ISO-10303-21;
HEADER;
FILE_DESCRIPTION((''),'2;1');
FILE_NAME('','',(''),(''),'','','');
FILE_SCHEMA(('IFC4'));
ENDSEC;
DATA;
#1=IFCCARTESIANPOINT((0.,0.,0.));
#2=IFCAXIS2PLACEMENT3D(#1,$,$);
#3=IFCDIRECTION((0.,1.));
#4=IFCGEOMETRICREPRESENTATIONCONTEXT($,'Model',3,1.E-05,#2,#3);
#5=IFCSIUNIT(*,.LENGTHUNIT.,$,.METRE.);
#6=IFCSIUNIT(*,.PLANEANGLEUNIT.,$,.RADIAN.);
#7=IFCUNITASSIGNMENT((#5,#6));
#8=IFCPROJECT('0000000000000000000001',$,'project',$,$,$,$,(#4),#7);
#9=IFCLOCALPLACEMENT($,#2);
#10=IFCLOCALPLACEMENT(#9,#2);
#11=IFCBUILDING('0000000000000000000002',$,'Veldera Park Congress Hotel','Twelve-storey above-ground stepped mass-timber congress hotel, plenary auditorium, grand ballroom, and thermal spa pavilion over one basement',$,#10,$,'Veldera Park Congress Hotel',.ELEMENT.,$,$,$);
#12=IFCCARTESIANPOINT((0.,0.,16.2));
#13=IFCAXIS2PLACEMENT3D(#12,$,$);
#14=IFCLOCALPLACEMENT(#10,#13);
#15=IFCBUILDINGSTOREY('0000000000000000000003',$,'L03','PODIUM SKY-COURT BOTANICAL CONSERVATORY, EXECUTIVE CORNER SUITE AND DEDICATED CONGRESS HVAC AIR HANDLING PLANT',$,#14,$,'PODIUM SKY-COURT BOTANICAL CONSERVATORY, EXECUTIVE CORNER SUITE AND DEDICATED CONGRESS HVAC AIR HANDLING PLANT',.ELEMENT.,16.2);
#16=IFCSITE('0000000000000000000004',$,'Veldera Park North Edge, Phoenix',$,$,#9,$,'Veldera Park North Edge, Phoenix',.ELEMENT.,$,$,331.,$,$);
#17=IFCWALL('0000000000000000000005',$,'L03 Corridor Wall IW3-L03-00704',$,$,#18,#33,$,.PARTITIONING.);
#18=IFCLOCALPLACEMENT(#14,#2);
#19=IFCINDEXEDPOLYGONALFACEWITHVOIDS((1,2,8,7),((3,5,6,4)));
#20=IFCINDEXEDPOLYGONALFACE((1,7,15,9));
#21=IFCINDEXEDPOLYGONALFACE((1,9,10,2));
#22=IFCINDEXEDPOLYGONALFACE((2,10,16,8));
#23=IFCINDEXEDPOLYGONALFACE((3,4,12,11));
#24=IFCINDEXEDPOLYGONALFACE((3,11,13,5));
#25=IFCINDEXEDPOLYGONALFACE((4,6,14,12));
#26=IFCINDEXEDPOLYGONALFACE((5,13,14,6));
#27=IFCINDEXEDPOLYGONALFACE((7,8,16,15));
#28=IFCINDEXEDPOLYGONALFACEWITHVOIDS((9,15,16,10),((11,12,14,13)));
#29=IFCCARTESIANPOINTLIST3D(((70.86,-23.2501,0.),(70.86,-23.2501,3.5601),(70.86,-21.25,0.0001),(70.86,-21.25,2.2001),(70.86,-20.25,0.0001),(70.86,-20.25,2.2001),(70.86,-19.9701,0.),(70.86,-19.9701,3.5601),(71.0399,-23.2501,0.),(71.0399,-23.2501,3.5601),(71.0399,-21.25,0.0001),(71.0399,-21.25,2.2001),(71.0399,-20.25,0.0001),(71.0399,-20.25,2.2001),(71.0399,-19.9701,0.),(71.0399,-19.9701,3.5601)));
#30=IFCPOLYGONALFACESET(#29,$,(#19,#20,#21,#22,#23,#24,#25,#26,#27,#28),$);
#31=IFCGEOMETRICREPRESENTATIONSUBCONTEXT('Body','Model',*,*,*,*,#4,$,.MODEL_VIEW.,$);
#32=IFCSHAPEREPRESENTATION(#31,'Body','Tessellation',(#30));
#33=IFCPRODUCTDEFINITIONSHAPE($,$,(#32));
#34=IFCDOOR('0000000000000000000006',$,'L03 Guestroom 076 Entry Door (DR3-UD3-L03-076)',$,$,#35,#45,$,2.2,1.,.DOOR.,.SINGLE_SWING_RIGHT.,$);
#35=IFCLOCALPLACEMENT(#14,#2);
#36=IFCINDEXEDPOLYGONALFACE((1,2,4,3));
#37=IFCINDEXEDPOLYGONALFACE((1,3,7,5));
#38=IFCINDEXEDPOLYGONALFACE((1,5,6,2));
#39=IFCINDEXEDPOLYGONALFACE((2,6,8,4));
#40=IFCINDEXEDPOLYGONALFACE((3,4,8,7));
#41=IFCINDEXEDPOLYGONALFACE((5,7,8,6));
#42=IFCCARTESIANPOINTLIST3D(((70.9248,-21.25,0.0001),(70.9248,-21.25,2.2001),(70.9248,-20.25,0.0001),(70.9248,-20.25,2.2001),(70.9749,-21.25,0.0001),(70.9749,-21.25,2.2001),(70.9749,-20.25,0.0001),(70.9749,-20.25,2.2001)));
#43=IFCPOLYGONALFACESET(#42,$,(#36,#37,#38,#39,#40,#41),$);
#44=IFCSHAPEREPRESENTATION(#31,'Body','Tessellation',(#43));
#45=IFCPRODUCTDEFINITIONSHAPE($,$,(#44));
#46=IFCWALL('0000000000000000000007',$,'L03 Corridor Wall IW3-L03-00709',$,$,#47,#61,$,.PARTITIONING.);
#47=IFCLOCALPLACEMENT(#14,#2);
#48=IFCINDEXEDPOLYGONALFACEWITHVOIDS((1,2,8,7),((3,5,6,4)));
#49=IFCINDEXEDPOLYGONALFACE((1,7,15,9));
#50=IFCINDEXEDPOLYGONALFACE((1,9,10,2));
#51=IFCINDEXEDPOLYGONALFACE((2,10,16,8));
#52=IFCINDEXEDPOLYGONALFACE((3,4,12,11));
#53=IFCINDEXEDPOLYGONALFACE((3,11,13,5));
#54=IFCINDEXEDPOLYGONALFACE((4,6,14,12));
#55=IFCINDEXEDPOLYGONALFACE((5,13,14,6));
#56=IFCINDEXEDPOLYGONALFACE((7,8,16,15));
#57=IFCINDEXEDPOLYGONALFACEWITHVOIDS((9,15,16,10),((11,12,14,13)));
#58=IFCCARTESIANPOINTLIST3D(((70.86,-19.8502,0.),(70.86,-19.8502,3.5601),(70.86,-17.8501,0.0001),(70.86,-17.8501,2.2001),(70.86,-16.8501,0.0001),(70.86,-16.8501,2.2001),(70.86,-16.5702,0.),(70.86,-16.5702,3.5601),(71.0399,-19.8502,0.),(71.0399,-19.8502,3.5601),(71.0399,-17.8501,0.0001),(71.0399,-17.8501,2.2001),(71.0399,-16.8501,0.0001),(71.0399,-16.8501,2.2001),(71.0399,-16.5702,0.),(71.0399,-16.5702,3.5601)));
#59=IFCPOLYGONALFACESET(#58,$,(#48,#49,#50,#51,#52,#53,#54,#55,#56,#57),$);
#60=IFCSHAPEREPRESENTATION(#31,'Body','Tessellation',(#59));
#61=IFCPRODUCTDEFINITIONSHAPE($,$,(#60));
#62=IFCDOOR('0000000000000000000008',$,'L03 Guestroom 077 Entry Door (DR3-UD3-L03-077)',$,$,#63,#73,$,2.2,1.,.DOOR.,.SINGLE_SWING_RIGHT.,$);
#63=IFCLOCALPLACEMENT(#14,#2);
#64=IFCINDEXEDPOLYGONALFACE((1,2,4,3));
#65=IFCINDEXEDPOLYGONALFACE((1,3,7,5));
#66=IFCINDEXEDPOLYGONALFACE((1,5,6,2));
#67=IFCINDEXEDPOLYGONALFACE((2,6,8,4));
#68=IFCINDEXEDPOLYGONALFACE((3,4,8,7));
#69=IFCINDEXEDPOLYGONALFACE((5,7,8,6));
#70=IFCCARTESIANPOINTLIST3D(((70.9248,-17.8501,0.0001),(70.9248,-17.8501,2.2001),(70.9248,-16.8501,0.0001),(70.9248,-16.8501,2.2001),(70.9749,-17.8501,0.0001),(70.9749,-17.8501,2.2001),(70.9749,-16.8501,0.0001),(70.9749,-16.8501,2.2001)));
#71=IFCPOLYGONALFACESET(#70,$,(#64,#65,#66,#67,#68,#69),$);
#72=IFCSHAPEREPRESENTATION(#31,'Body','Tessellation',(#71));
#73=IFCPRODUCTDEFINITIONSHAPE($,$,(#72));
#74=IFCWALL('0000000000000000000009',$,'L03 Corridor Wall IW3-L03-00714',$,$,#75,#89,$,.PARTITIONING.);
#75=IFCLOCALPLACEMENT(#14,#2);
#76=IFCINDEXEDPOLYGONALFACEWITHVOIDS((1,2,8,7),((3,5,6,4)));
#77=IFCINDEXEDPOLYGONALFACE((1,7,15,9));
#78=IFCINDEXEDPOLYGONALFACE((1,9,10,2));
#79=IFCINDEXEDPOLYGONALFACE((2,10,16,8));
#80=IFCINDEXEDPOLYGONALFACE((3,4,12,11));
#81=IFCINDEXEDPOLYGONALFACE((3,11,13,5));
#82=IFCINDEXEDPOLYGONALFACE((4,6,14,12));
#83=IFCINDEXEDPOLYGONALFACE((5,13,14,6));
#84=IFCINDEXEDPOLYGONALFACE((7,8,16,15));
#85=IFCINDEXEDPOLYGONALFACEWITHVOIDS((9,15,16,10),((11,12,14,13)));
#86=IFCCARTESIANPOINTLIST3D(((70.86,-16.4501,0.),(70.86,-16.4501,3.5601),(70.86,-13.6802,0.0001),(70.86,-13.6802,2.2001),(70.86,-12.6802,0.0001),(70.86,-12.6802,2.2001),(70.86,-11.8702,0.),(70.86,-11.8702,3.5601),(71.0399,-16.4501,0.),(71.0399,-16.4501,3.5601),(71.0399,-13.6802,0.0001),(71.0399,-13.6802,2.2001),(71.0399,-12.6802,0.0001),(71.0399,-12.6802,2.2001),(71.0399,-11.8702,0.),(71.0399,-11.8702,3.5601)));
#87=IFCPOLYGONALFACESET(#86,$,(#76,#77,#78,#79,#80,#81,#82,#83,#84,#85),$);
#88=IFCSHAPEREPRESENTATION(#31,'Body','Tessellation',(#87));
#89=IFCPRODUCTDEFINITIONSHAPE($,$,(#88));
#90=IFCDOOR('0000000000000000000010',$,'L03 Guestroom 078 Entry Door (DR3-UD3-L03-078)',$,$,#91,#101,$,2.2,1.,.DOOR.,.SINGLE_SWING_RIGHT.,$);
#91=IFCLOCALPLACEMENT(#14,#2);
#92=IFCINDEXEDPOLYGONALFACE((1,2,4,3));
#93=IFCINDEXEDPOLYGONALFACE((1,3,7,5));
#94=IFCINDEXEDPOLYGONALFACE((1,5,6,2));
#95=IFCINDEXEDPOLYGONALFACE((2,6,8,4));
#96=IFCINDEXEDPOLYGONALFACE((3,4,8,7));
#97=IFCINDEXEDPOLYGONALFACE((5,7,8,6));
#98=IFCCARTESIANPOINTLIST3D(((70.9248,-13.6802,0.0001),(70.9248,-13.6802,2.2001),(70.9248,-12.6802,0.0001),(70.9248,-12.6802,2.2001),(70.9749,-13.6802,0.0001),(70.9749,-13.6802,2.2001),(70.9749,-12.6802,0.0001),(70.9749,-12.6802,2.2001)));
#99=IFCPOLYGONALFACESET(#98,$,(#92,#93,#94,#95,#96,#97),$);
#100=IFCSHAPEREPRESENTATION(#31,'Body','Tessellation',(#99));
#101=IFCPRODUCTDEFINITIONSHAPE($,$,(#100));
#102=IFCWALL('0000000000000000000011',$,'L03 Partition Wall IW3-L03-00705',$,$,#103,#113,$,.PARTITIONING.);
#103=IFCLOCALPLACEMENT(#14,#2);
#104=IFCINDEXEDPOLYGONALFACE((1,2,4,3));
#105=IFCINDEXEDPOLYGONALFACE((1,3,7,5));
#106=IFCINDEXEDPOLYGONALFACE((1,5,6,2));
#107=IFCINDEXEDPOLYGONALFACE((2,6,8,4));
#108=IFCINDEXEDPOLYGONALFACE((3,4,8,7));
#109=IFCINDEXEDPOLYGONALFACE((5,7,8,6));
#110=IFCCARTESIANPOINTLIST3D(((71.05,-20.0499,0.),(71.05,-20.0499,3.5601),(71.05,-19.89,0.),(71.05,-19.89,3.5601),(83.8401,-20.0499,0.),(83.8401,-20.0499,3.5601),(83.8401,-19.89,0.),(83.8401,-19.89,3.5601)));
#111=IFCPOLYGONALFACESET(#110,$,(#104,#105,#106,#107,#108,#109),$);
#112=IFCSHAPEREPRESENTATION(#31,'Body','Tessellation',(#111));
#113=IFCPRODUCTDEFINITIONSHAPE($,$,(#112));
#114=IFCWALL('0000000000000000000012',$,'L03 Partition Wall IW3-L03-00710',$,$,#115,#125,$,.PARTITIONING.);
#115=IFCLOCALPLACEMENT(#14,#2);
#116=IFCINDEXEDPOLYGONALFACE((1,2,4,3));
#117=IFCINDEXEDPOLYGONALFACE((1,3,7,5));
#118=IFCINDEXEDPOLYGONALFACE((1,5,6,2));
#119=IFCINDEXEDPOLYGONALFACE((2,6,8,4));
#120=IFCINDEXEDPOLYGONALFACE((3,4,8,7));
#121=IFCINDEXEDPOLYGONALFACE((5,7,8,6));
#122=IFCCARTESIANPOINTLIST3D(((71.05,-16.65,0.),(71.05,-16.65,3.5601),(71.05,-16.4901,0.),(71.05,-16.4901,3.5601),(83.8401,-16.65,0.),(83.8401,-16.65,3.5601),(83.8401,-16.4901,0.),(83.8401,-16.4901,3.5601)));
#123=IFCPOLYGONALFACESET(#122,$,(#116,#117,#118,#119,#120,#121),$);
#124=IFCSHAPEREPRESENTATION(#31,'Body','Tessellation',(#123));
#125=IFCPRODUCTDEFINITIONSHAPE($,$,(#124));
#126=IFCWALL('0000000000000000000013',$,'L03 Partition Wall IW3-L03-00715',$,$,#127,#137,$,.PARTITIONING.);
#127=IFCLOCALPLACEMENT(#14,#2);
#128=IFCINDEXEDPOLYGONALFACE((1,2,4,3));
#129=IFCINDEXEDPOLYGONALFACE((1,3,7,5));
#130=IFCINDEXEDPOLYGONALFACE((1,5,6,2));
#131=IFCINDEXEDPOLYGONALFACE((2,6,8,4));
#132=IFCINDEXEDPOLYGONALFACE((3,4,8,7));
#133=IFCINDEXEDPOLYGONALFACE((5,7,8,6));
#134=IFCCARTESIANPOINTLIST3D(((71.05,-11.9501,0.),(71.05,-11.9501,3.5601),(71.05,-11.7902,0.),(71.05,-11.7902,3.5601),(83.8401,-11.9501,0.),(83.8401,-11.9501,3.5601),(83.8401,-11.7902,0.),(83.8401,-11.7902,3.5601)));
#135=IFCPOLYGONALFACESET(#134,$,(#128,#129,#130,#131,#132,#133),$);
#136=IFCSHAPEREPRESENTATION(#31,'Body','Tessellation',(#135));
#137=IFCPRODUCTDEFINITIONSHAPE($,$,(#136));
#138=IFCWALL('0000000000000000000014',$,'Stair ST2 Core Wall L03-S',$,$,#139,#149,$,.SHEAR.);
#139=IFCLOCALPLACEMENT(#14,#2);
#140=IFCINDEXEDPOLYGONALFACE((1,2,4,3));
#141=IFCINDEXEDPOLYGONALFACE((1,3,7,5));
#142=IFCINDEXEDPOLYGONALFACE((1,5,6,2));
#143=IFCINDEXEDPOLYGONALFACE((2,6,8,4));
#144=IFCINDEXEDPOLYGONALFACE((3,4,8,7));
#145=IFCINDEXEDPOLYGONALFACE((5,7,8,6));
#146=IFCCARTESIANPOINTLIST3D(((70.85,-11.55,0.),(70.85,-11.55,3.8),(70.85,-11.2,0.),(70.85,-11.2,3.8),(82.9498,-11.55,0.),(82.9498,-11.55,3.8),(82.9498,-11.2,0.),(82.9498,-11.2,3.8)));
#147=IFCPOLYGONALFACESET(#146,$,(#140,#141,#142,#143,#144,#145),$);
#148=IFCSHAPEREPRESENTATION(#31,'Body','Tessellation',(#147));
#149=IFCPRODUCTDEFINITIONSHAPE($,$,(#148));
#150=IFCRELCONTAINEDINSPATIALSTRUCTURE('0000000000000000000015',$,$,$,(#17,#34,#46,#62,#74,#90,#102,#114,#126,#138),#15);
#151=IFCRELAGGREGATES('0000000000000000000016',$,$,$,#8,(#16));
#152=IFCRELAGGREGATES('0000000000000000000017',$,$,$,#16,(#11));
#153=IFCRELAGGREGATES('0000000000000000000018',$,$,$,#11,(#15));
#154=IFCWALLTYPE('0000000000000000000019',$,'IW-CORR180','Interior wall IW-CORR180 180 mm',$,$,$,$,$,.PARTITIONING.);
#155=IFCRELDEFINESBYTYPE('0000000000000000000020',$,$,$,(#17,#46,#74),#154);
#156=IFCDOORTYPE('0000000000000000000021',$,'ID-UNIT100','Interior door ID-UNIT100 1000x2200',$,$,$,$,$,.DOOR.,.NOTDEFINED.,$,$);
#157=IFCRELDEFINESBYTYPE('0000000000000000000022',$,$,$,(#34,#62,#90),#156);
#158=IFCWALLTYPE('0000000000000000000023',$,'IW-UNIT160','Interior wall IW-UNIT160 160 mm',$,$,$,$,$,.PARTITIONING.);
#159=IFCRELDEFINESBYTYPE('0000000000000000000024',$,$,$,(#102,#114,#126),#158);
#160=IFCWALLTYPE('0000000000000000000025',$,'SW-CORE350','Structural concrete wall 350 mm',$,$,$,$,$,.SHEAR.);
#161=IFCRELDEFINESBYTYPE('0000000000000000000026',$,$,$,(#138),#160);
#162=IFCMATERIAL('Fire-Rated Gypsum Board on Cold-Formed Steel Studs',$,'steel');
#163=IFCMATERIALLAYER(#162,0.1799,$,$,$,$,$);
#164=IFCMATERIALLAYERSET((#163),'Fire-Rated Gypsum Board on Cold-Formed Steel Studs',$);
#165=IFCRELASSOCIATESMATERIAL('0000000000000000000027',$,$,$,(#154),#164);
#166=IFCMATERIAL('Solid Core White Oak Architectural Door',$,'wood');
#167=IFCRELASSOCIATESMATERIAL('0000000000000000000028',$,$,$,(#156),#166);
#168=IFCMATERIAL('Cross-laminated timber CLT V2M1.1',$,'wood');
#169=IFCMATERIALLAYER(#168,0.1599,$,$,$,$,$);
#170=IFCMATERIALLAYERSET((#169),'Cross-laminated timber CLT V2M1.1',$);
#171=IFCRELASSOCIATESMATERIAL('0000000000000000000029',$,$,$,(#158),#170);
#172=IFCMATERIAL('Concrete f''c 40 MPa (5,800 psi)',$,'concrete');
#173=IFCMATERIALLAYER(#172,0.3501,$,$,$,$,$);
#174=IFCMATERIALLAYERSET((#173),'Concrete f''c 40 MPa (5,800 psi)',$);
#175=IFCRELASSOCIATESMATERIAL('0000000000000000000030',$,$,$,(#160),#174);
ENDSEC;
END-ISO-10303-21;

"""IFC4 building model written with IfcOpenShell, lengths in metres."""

from ifc_helpers import new_model, si_unit, direction, frame, frame_2d, origin, place, context, subcontext, project, spatial, rectangle, extrude, material, layer, layer_set, type_object, element, fill, save


model = new_model("IFC4")

# Units and contexts
model_context = context("Model", 3, precision=1e-05, world=origin(), true_north=direction((0.0, 1.0)))
body_context = subcontext(model_context, "Body", "Model", "MODEL_VIEW")
ifc_project = project(units=[si_unit("LENGTHUNIT", "METRE"), si_unit("PLANEANGLEUNIT", "RADIAN")], contexts=[model_context])

# Site, building, storey
site_placement = place(None, origin())
site = spatial("IfcSite", under=ifc_project, at=site_placement, Name="Veldera Park North Edge, Phoenix", LongName="Veldera Park North Edge, Phoenix", CompositionType="ELEMENT", RefElevation=331.0)
building_placement = place(site_placement, origin())
building = spatial("IfcBuilding", under=site, at=building_placement, Name="Veldera Park Congress Hotel", Description="Twelve-storey above-ground stepped mass-timber congress hotel, plenary auditorium, grand ballroom, and thermal spa pavilion over one basement", LongName="Veldera Park Congress Hotel", CompositionType="ELEMENT")
storey_placement = place(building_placement, frame((0.0, 0.0, 16.2)))
storey = spatial("IfcBuildingStorey", under=building, at=storey_placement, Name="L03", Description="PODIUM SKY-COURT BOTANICAL CONSERVATORY, EXECUTIVE CORNER SUITE AND DEDICATED CONGRESS HVAC AIR HANDLING PLANT", LongName="PODIUM SKY-COURT BOTANICAL CONSERVATORY, EXECUTIVE CORNER SUITE AND DEDICATED CONGRESS HVAC AIR HANDLING PLANT", CompositionType="ELEMENT", Elevation=16.2)

# Shared definitions
ifc_material_1 = material(Name="Fire-Rated Gypsum Board on Cold-Formed Steel Studs", Category="steel")

# Shared definitions
ifc_material_2 = material(Name="Solid Core White Oak Architectural Door", Category="wood")

# Walls, openings, doors
ifc_layer_1 = layer(ifc_material_1, 0.1799)
ifc_layer_set_1 = layer_set([ifc_layer_1], Name="Fire-Rated Gypsum Board on Cold-Formed Steel Studs")
wall_type_1 = type_object("IfcWallType", Name="IW-CORR180", Description="Interior wall IW-CORR180 180 mm", PredefinedType="PARTITIONING", material=ifc_layer_set_1)
door_type_1 = type_object("IfcDoorType", Name="ID-UNIT100", Description="Interior door ID-UNIT100 1000x2200", OperationType="NOTDEFINED", PredefinedType="DOOR", material=ifc_material_2)
wall_1_placement = place(storey_placement, frame((70.95, -19.97, 0.0), z_axis=(0.0, 0.0, 1.0), x_axis=(0.0, -1.0, 0.0)))
wall_1 = element("IfcWall", 1, at=wall_1_placement, inside=storey, type_object=wall_type_1, Name="L03 Corridor Wall IW3-L03-00704", PredefinedType="PARTITIONING", context=body_context, shape_type="SweptSolid", body=[
    extrude(rectangle(XDim=3.28, YDim=0.1799, at=frame_2d((1.6401, 0.0))), origin(), (0.0, 0.0, 1.0), 3.5601),
])
opening_1_placement = place(wall_1_placement, frame((0.28, 0.0, 0.0)))
opening_1 = element("IfcOpeningElement", 2, at=opening_1_placement, cuts=wall_1, PredefinedType="OPENING", context=body_context, shape_type="SweptSolid", body=[
    extrude(rectangle(XDim=1.0, YDim=2.2, at=frame_2d((0.5, 1.1001))), frame((0.0, 0.1021, 0.0), z_axis=(0.0, -1.0, 0.0), x_axis=(1.0, 0.0, 0.0)), (0.0, 0.0, 1.0), 0.2039),
])
door_1_placement = place(opening_1_placement, origin())
door_1 = element("IfcDoor", 3, at=door_1_placement, inside=storey, type_object=door_type_1, Name="L03 Guestroom 076 Entry Door (DR3-UD3-L03-076)", OperationType="SINGLE_SWING_RIGHT", OverallHeight=2.2, OverallWidth=1.0, PredefinedType="DOOR", context=body_context, shape_type="SweptSolid", body=[
    extrude(rectangle(XDim=1.0, YDim=2.2, at=frame_2d((0.5, 1.1001))), frame((0.0, 0.0249, 0.0), z_axis=(0.0, -1.0, 0.0), x_axis=(1.0, 0.0, 0.0)), (0.0, 0.0, 1.0), 0.05),
])
fill(opening_1, door_1)
wall_2_placement = place(storey_placement, frame((70.95, -16.5701, 0.0), z_axis=(0.0, 0.0, 1.0), x_axis=(0.0, -1.0, 0.0)))
wall_2 = element("IfcWall", 4, at=wall_2_placement, inside=storey, type_object=wall_type_1, Name="L03 Corridor Wall IW3-L03-00709", PredefinedType="PARTITIONING", context=body_context, shape_type="SweptSolid", body=[
    extrude(rectangle(XDim=3.28, YDim=0.1799, at=frame_2d((1.6401, 0.0))), origin(), (0.0, 0.0, 1.0), 3.5601),
])
opening_2_placement = place(wall_2_placement, frame((0.28, 0.0, 0.0)))
opening_2 = element("IfcOpeningElement", 5, at=opening_2_placement, cuts=wall_2, PredefinedType="OPENING", context=body_context, shape_type="SweptSolid", body=[
    extrude(rectangle(XDim=1.0, YDim=2.2, at=frame_2d((0.5, 1.1001))), frame((0.0, 0.1021, 0.0), z_axis=(0.0, -1.0, 0.0), x_axis=(1.0, 0.0, 0.0)), (0.0, 0.0, 1.0), 0.2039),
])
door_2_placement = place(opening_2_placement, origin())
door_2 = element("IfcDoor", 6, at=door_2_placement, inside=storey, type_object=door_type_1, Name="L03 Guestroom 077 Entry Door (DR3-UD3-L03-077)", OperationType="SINGLE_SWING_RIGHT", OverallHeight=2.2, OverallWidth=1.0, PredefinedType="DOOR", context=body_context, shape_type="SweptSolid", body=[
    extrude(rectangle(XDim=1.0, YDim=2.2, at=frame_2d((0.5, 1.1001))), frame((0.0, 0.0249, 0.0), z_axis=(0.0, -1.0, 0.0), x_axis=(1.0, 0.0, 0.0)), (0.0, 0.0, 1.0), 0.05),
])
fill(opening_2, door_2)
wall_3_placement = place(storey_placement, frame((70.95, -11.8701, 0.0), z_axis=(0.0, 0.0, 1.0), x_axis=(0.0, -1.0, 0.0)))
wall_3 = element("IfcWall", 7, at=wall_3_placement, inside=storey, type_object=wall_type_1, Name="L03 Corridor Wall IW3-L03-00714", PredefinedType="PARTITIONING", context=body_context, shape_type="SweptSolid", body=[
    extrude(rectangle(XDim=4.5798, YDim=0.1799, at=frame_2d((2.29, 0.0))), origin(), (0.0, 0.0, 1.0), 3.5601),
])
opening_3_placement = place(wall_3_placement, frame((0.8101, 0.0, 0.0)))
opening_3 = element("IfcOpeningElement", 8, at=opening_3_placement, cuts=wall_3, PredefinedType="OPENING", context=body_context, shape_type="SweptSolid", body=[
    extrude(rectangle(XDim=1.0, YDim=2.2, at=frame_2d((0.5, 1.1001))), frame((0.0, 0.1021, 0.0), z_axis=(0.0, -1.0, 0.0), x_axis=(1.0, 0.0, 0.0)), (0.0, 0.0, 1.0), 0.2039),
])
door_3_placement = place(opening_3_placement, origin())
door_3 = element("IfcDoor", 9, at=door_3_placement, inside=storey, type_object=door_type_1, Name="L03 Guestroom 078 Entry Door (DR3-UD3-L03-078)", OperationType="SINGLE_SWING_RIGHT", OverallHeight=2.2, OverallWidth=1.0, PredefinedType="DOOR", context=body_context, shape_type="SweptSolid", body=[
    extrude(rectangle(XDim=1.0, YDim=2.2, at=frame_2d((0.5, 1.1001))), frame((0.0, 0.0249, 0.0), z_axis=(0.0, -1.0, 0.0), x_axis=(1.0, 0.0, 0.0)), (0.0, 0.0, 1.0), 0.05),
])
fill(opening_3, door_3)

# Walls
ifc_material_3 = material(Name="Cross-laminated timber CLT V2M1.1", Category="wood")
ifc_layer_2 = layer(ifc_material_3, 0.1599)
ifc_layer_set_2 = layer_set([ifc_layer_2], Name="Cross-laminated timber CLT V2M1.1")
wall_type_2 = type_object("IfcWallType", Name="IW-UNIT160", Description="Interior wall IW-UNIT160 160 mm", PredefinedType="PARTITIONING", material=ifc_layer_set_2)
for number, where, z_axis, x_axis, name in (
    (10, (71.05, -19.97, 0.0), (0.0, 0.0, 1.0), (1.0, 0.0, 0.0), "L03 Partition Wall IW3-L03-00705"),
    (11, (71.05, -16.5701, 0.0), (0.0, 0.0, 1.0), (1.0, 0.0, 0.0), "L03 Partition Wall IW3-L03-00710"),
    (12, (71.05, -11.8701, 0.0), (0.0, 0.0, 1.0), (1.0, 0.0, 0.0), "L03 Partition Wall IW3-L03-00715"),
):
    element("IfcWall", number, at=place(storey_placement, frame(where, z_axis=z_axis, x_axis=x_axis)), inside=storey, type_object=wall_type_2, Name=name, PredefinedType="PARTITIONING", context=body_context, shape_type="SweptSolid", body=[
        extrude(rectangle(XDim=12.79, YDim=0.1599, at=frame_2d((6.395, 0.0))), origin(), (0.0, 0.0, 1.0), 3.5601),
    ])
ifc_material_4 = material(Name="Concrete f'c 40 MPa (5,800 psi)", Category="concrete")
ifc_layer_3 = layer(ifc_material_4, 0.3501)
ifc_layer_set_3 = layer_set([ifc_layer_3], Name="Concrete f'c 40 MPa (5,800 psi)")
wall_type_3 = type_object("IfcWallType", Name="SW-CORE350", Description="Structural concrete wall 350 mm", PredefinedType="SHEAR", material=ifc_layer_set_3)
wall_4_placement = place(storey_placement, frame((70.8501, -11.375, 0.0), z_axis=(0.0, 0.0, 1.0), x_axis=(1.0, 0.0, 0.0)))
element("IfcWall", 13, at=wall_4_placement, inside=storey, type_object=wall_type_3, Name="Stair ST2 Core Wall L03-S", PredefinedType="SHEAR", context=body_context, shape_type="SweptSolid", body=[
    extrude(rectangle(XDim=12.0999, YDim=0.3501, at=frame_2d((6.0498, 0.0))), origin(), (0.0, 0.0, 1.0), 3.8),
])

save(model, "model.ifc")
